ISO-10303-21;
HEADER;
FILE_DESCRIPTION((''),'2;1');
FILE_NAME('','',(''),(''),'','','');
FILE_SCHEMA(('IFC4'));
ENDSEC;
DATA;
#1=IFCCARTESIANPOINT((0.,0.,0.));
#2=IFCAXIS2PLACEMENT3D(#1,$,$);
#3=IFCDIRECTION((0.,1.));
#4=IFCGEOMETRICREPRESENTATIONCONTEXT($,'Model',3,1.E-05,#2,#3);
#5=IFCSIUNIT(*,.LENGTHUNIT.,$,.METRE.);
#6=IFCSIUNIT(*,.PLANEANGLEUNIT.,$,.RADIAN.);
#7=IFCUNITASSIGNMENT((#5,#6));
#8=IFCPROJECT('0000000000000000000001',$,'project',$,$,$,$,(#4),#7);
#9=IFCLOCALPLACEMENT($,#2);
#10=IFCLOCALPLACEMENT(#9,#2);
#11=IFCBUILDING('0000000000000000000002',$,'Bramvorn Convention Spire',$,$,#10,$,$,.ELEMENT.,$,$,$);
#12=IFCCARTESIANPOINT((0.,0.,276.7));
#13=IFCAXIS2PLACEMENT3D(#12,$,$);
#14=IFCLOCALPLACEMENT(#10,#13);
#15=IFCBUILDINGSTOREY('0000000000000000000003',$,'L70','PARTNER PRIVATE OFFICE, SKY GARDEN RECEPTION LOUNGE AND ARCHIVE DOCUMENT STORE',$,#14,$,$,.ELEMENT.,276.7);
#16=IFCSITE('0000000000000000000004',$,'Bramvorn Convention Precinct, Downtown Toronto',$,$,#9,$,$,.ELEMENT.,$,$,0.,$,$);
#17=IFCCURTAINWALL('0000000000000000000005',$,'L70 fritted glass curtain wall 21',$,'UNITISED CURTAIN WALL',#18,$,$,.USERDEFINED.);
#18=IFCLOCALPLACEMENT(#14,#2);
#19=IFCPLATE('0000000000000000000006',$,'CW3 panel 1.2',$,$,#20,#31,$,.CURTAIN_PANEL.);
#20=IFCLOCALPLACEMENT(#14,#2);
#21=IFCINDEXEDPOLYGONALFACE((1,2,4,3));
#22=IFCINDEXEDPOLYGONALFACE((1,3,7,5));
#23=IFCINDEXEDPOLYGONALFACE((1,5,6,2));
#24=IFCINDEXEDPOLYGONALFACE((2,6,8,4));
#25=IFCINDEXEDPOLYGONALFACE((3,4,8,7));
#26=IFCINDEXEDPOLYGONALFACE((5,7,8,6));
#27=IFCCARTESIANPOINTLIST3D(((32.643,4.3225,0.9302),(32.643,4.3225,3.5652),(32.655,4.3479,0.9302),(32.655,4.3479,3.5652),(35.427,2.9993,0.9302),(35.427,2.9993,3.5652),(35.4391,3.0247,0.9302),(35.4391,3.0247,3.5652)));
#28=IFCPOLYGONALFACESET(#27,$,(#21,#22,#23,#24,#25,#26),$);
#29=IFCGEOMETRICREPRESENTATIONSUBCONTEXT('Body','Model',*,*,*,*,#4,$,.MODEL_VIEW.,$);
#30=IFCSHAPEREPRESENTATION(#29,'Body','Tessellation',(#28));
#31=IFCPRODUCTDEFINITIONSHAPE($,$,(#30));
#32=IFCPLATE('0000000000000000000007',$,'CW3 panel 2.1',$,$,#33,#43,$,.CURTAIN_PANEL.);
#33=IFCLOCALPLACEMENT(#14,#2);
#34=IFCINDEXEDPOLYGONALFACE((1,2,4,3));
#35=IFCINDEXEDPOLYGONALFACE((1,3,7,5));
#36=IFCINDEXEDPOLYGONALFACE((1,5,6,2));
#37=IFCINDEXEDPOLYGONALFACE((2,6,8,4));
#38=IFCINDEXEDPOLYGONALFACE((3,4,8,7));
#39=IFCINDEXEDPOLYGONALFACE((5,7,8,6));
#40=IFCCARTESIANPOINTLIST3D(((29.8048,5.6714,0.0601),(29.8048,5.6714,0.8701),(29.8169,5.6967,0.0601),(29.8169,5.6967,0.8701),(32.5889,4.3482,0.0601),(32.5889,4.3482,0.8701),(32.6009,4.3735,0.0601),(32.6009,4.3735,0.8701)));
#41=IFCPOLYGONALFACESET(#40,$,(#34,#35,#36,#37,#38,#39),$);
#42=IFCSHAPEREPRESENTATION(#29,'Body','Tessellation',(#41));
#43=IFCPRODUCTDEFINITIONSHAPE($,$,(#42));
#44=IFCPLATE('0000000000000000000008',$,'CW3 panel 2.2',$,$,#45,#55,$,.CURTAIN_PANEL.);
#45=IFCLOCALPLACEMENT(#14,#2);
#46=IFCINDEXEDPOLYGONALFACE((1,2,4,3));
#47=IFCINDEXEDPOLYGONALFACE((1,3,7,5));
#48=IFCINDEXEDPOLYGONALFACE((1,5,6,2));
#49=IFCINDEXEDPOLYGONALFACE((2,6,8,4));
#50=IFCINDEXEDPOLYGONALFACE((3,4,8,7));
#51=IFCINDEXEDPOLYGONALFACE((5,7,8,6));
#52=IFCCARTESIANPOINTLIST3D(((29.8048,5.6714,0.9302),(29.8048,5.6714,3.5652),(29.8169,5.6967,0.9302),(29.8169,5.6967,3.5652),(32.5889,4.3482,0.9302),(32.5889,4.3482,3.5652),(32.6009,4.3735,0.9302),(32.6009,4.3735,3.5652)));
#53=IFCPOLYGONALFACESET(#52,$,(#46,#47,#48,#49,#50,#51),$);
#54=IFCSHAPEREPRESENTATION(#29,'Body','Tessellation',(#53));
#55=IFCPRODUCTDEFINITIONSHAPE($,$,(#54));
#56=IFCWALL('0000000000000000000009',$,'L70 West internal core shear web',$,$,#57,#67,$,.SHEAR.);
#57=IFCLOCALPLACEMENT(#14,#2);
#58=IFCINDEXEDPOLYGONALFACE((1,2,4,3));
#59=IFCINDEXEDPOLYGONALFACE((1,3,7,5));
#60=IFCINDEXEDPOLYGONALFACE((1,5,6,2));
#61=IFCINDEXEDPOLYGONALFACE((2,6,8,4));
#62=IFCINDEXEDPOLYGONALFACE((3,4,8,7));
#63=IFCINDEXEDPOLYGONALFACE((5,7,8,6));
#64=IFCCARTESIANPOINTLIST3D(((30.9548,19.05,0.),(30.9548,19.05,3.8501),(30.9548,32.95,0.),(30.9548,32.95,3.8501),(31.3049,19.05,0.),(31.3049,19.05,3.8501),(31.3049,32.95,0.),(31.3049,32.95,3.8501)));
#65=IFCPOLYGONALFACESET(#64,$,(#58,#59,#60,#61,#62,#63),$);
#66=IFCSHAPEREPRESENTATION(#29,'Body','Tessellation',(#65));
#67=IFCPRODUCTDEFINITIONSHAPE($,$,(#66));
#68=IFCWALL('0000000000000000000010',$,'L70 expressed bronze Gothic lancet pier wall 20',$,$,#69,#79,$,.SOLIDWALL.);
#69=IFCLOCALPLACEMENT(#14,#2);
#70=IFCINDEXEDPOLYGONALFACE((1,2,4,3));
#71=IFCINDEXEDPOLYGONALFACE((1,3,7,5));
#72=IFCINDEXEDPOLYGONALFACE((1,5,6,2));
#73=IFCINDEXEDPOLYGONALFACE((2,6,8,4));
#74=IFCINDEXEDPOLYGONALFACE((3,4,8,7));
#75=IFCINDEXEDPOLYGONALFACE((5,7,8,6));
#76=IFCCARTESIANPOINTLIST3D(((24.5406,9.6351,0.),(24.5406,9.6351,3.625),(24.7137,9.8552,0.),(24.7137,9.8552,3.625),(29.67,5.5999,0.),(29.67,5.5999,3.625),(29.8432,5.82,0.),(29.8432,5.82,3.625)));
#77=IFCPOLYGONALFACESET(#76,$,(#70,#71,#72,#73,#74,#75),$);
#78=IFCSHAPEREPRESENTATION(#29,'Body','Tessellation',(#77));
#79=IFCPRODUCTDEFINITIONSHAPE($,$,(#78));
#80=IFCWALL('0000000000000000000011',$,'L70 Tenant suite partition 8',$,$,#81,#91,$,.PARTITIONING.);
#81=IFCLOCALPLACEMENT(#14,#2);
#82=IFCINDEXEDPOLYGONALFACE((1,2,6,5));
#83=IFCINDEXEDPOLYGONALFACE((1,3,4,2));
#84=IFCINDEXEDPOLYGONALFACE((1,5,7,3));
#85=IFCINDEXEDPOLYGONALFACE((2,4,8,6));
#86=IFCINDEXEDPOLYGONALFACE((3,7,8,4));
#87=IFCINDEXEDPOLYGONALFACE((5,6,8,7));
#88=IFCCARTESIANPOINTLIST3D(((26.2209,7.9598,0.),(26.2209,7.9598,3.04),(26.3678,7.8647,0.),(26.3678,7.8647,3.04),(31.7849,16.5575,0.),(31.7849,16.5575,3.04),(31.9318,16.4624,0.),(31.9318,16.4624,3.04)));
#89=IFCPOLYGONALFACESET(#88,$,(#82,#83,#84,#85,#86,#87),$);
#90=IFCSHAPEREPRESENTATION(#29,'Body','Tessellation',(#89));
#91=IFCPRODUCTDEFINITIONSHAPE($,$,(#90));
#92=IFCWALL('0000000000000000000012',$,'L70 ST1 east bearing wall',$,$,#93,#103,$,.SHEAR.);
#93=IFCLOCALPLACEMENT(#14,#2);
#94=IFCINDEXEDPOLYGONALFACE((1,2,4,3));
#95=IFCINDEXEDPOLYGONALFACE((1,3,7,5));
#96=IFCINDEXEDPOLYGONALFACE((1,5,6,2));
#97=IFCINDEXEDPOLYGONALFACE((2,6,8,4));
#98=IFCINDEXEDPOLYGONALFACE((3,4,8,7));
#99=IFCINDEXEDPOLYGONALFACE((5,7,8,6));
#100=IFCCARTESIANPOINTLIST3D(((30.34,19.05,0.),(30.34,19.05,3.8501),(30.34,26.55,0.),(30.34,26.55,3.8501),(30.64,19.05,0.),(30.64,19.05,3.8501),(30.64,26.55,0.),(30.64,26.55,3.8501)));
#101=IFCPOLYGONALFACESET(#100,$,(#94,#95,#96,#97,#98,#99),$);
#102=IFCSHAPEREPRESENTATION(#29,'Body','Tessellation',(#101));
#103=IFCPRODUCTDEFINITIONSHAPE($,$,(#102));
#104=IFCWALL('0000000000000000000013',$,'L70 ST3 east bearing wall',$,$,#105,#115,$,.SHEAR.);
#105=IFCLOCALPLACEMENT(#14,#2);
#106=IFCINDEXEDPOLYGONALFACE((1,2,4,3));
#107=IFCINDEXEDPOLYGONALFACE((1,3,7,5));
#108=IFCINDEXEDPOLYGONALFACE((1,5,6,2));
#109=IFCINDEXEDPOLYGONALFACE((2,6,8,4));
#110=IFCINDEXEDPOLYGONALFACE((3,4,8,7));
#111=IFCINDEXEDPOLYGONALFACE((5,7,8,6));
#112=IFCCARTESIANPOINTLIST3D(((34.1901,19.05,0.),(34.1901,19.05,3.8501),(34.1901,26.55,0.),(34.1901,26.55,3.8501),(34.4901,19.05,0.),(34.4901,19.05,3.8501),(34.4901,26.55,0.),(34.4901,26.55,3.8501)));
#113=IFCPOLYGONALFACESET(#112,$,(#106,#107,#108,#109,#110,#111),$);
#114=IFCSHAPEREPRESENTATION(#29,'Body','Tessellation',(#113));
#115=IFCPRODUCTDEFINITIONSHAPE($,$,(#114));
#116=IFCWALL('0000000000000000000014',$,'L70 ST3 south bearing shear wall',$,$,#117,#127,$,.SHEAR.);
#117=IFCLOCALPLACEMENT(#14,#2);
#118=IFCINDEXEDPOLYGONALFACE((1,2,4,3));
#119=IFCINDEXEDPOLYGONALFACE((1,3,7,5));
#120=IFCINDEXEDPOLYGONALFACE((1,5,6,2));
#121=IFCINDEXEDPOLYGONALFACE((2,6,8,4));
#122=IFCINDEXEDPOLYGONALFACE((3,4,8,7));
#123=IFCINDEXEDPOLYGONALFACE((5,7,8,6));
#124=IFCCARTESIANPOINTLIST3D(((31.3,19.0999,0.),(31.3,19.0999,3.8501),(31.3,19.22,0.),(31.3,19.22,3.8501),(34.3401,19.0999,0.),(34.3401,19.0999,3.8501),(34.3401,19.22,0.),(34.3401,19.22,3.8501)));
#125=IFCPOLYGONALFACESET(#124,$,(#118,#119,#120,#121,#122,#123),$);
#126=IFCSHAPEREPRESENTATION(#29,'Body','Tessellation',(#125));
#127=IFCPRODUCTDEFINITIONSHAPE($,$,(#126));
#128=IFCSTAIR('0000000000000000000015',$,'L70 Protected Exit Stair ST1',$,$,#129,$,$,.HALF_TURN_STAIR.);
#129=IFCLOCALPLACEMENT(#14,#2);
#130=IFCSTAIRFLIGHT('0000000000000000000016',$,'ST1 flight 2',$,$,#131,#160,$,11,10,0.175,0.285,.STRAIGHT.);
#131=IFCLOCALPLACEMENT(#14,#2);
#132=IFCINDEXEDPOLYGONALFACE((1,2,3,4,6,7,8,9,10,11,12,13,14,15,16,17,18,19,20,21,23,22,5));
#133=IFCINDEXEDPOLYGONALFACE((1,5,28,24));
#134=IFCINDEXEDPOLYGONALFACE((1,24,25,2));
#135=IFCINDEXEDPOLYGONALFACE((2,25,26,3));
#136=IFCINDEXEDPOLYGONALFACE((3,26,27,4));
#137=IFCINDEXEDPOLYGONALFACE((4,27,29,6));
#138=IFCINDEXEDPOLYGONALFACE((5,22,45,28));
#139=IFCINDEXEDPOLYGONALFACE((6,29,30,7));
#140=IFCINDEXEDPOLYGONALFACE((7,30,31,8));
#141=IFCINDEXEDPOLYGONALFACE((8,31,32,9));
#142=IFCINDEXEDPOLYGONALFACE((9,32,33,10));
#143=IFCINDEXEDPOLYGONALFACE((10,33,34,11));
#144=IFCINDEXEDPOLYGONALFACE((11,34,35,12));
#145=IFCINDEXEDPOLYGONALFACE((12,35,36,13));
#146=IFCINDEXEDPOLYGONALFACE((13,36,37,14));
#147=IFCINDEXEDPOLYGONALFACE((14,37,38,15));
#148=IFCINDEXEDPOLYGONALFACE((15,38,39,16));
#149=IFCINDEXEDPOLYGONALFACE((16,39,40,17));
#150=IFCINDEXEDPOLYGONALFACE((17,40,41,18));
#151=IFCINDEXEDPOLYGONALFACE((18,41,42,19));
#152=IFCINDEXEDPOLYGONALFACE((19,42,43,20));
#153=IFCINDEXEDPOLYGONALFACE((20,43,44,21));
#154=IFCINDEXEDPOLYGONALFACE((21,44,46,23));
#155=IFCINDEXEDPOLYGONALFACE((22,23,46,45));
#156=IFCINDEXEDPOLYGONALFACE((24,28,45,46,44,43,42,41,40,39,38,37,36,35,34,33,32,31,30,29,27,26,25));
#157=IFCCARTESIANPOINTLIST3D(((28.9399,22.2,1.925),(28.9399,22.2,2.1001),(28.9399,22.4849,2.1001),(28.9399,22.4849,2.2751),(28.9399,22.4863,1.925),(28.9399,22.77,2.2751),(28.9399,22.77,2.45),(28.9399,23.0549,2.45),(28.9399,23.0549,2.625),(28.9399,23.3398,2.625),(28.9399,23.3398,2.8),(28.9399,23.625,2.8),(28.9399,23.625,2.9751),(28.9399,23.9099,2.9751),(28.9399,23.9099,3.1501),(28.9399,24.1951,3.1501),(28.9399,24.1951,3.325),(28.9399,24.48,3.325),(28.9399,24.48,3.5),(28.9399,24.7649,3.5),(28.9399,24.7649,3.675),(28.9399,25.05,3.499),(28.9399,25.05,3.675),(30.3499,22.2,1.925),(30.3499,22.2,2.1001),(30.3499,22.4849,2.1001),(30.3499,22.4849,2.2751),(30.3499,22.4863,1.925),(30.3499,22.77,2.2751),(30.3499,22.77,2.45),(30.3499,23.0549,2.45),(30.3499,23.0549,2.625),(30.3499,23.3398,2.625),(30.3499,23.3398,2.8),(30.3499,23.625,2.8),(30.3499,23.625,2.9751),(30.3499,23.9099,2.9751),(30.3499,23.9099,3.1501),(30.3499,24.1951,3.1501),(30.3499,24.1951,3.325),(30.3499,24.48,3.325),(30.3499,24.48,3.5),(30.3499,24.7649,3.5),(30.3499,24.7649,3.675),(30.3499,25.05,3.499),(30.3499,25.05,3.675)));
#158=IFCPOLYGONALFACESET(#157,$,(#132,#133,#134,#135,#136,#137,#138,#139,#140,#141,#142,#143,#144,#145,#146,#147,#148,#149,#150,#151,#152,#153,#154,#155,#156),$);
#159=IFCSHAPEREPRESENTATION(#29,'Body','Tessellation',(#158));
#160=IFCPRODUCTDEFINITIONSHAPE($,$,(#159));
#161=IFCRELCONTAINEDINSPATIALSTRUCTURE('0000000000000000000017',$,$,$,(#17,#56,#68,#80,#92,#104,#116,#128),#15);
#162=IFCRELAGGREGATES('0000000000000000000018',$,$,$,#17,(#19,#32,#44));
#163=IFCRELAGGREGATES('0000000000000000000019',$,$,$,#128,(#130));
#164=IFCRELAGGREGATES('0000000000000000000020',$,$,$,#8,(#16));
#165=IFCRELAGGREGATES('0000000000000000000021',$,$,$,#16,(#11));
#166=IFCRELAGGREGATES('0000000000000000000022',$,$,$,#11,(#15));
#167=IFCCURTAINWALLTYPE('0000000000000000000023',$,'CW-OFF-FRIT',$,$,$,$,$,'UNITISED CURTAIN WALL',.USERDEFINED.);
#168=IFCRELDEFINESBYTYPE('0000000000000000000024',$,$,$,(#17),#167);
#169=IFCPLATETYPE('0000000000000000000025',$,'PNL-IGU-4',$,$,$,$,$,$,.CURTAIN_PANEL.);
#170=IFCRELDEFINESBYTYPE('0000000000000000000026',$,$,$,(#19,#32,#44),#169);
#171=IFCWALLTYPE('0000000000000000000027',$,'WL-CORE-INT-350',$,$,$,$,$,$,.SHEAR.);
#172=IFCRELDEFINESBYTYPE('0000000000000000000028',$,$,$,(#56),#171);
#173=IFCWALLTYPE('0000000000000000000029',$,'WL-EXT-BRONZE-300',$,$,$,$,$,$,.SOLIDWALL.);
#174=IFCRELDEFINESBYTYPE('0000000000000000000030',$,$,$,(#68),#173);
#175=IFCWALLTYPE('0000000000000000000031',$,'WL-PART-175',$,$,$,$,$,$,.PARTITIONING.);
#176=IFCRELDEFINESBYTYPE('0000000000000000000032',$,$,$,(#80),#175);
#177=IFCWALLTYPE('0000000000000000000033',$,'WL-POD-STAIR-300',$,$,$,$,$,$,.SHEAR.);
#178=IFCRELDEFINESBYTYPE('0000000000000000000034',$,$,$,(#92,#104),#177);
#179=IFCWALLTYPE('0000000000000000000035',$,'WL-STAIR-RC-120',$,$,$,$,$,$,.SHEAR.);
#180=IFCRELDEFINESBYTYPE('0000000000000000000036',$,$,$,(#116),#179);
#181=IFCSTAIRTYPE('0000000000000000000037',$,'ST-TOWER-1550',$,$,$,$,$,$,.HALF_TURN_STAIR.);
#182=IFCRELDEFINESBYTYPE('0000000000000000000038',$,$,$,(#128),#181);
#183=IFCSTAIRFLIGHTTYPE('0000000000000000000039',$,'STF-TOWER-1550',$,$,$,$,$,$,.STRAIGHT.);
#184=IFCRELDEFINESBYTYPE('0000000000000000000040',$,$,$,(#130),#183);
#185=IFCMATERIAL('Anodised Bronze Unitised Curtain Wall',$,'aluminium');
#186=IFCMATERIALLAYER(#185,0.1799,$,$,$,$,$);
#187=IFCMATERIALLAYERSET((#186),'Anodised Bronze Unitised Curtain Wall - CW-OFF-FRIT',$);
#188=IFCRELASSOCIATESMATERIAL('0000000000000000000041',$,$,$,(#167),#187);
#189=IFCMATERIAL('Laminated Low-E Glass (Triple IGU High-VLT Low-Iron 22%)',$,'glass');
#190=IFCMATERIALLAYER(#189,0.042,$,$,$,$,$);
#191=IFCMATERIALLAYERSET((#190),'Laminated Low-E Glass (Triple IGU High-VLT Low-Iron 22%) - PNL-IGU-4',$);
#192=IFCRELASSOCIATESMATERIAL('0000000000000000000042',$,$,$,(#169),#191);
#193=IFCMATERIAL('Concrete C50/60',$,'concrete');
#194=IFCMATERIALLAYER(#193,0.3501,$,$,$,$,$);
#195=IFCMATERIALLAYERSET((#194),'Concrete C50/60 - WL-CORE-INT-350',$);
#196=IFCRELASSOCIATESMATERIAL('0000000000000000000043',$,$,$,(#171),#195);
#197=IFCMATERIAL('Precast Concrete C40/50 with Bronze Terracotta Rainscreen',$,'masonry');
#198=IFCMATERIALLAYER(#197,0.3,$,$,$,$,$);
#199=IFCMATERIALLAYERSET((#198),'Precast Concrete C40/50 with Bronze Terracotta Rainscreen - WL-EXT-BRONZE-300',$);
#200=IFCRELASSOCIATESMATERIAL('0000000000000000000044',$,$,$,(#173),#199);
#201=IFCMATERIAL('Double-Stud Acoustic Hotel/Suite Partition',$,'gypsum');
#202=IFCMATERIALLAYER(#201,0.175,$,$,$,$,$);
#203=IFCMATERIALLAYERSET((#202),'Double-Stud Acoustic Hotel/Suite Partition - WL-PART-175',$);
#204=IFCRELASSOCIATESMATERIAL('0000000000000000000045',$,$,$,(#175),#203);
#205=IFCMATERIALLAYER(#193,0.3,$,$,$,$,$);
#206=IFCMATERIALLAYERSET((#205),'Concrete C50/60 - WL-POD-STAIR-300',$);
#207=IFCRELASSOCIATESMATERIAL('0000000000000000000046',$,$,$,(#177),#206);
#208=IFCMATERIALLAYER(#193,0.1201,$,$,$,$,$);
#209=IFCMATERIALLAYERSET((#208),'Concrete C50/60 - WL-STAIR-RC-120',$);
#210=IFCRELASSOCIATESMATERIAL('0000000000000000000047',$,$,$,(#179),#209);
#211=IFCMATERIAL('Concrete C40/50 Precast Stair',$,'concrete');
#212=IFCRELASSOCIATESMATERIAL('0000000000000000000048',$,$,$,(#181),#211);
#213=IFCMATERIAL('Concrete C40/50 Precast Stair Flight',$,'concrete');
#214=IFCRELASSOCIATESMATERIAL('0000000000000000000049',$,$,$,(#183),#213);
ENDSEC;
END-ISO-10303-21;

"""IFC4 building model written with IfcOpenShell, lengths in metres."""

from ifc_helpers import new_model, si_unit, direction, frame, frame_2d, origin, origin_2d, place, context, subcontext, project, spatial, polyline, rectangle, outline, extrude, material, layer, layer_set, type_object, element, aggregate, save


model = new_model("IFC4")

# Units and contexts
model_context = context("Model", 3, precision=1e-05, world=origin(), true_north=direction((0.0, 1.0)))
body_context = subcontext(model_context, "Body", "Model", "MODEL_VIEW")
ifc_project = project(units=[si_unit("LENGTHUNIT", "METRE"), si_unit("PLANEANGLEUNIT", "RADIAN")], contexts=[model_context])

# Site, building, storey
site_placement = place(None, origin())
site = spatial("IfcSite", under=ifc_project, at=site_placement, Name="Bramvorn Convention Precinct, Downtown Toronto", CompositionType="ELEMENT", RefElevation=0.0)
building_placement = place(site_placement, origin())
building = spatial("IfcBuilding", under=site, at=building_placement, Name="Bramvorn Convention Spire", CompositionType="ELEMENT")
storey_placement = place(building_placement, frame((0.0, 0.0, 276.7)))
storey = spatial("IfcBuildingStorey", under=building, at=storey_placement, Name="L70", Description="PARTNER PRIVATE OFFICE, SKY GARDEN RECEPTION LOUNGE AND ARCHIVE DOCUMENT STORE", CompositionType="ELEMENT", Elevation=276.7)

# Curtain wall
ifc_material_1 = material(Name="Anodised Bronze Unitised Curtain Wall", Category="aluminium")
ifc_layer_1 = layer(ifc_material_1, 0.1799)
ifc_layer_set_1 = layer_set([ifc_layer_1], Name="Anodised Bronze Unitised Curtain Wall - CW-OFF-FRIT")
curtain_wall_type = type_object("IfcCurtainWallType", Name="CW-OFF-FRIT", ElementType="UNITISED CURTAIN WALL", PredefinedType="USERDEFINED", material=ifc_layer_set_1)
curtain_wall_1_placement = place(storey_placement, origin())
curtain_wall_1 = element("IfcCurtainWall", 1, at=curtain_wall_1_placement, inside=storey, type_object=curtain_wall_type, Name="L70 fritted glass curtain wall 21", ObjectType="UNITISED CURTAIN WALL", PredefinedType="USERDEFINED")

# Plates
ifc_material_2 = material(Name="Laminated Low-E Glass (Triple IGU High-VLT Low-Iron 22%)", Category="glass")
ifc_layer_2 = layer(ifc_material_2, 0.042)
ifc_layer_set_2 = layer_set([ifc_layer_2], Name="Laminated Low-E Glass (Triple IGU High-VLT Low-Iron 22%) - PNL-IGU-4")
plate_type = type_object("IfcPlateType", Name="PNL-IGU-4", PredefinedType="CURTAIN_PANEL", material=ifc_layer_set_2)
plate_1_placement = place(storey_placement, frame((34.041, 3.6736, 0.9302), z_axis=(0.0, 0.0, 1.0), x_axis=(-0.903178, 0.429265, 0.0)))
plate_1 = element("IfcPlate", 2, at=plate_1_placement, type_object=plate_type, Name="CW3 panel 1.2", PredefinedType="CURTAIN_PANEL", context=body_context, shape_type="SweptSolid", body=[
    extrude(rectangle(XDim=3.0825, YDim=0.0281, at=origin_2d()), origin(), (0.0, 0.0, 1.0), 2.635),
])
plate_2_placement = place(storey_placement, frame((31.2029, 5.0225, 0.0601), z_axis=(0.0, 0.0, 1.0), x_axis=(-0.903178, 0.429265, 0.0)))
plate_2 = element("IfcPlate", 3, at=plate_2_placement, type_object=plate_type, Name="CW3 panel 2.1", PredefinedType="CURTAIN_PANEL", context=body_context, shape_type="SweptSolid", body=[
    extrude(rectangle(XDim=3.0825, YDim=0.0281, at=origin_2d()), origin(), (0.0, 0.0, 1.0), 0.8101),
])
plate_3_placement = place(storey_placement, frame((31.2029, 5.0225, 0.9302), z_axis=(0.0, 0.0, 1.0), x_axis=(-0.903178, 0.429265, 0.0)))
plate_3 = element("IfcPlate", 4, at=plate_3_placement, type_object=plate_type, Name="CW3 panel 2.2", PredefinedType="CURTAIN_PANEL", context=body_context, shape_type="SweptSolid", body=[
    extrude(rectangle(XDim=3.0825, YDim=0.0281, at=origin_2d()), origin(), (0.0, 0.0, 1.0), 2.635),
])
aggregate(curtain_wall_1, [plate_1, plate_2, plate_3])

# Walls
ifc_material_3 = material(Name="Concrete C50/60", Category="concrete")
ifc_layer_3 = layer(ifc_material_3, 0.3501)
ifc_layer_set_3 = layer_set([ifc_layer_3], Name="Concrete C50/60 - WL-CORE-INT-350")
wall_type_1 = type_object("IfcWallType", Name="WL-CORE-INT-350", PredefinedType="SHEAR", material=ifc_layer_set_3)
wall_1_placement = place(storey_placement, frame((31.1299, 19.05, 0.0), z_axis=(0.0, 0.0, 1.0), x_axis=(0.0, 1.0, 0.0)))
element("IfcWall", 5, at=wall_1_placement, inside=storey, type_object=wall_type_1, Name="L70 West internal core shear web", PredefinedType="SHEAR", context=body_context, shape_type="SweptSolid", body=[
    extrude(rectangle(XDim=13.8999, YDim=0.3501, at=frame_2d((6.95, 0.0))), origin(), (0.0, 0.0, 1.0), 3.8501),
])
ifc_material_4 = material(Name="Precast Concrete C40/50 with Bronze Terracotta Rainscreen", Category="masonry")
ifc_layer_4 = layer(ifc_material_4, 0.3)
ifc_layer_set_4 = layer_set([ifc_layer_4], Name="Precast Concrete C40/50 with Bronze Terracotta Rainscreen - WL-EXT-BRONZE-300")
wall_type_2 = type_object("IfcWallType", Name="WL-EXT-BRONZE-300", PredefinedType="SOLIDWALL", material=ifc_layer_set_4)
wall_2_placement = place(storey_placement, frame((29.7566, 5.71, 0.0), z_axis=(0.0, 0.0, 1.0), x_axis=(-0.785952, 0.618287, 0.0)))
element("IfcWall", 6, at=wall_2_placement, inside=storey, type_object=wall_type_2, Name="L70 expressed bronze Gothic lancet pier wall 20", PredefinedType="SOLIDWALL", context=body_context, shape_type="SweptSolid", body=[
    extrude(rectangle(XDim=6.5264, YDim=0.28, at=frame_2d((3.2632, 0.0))), origin(), (0.0, 0.0, 1.0), 3.625),
])
ifc_material_5 = material(Name="Double-Stud Acoustic Hotel/Suite Partition", Category="gypsum")
ifc_layer_5 = layer(ifc_material_5, 0.175)
ifc_layer_set_5 = layer_set([ifc_layer_5], Name="Double-Stud Acoustic Hotel/Suite Partition - WL-PART-175")
wall_type_3 = type_object("IfcWallType", Name="WL-PART-175", PredefinedType="PARTITIONING", material=ifc_layer_set_5)
wall_3_placement = place(storey_placement, frame((31.8584, 16.51, 0.0), z_axis=(0.0, 0.0, 1.0), x_axis=(-0.543305, -0.839536, 0.0)))
element("IfcWall", 7, at=wall_3_placement, inside=storey, type_object=wall_type_3, Name="L70 Tenant suite partition 8", PredefinedType="PARTITIONING", context=body_context, shape_type="SweptSolid", body=[
    extrude(rectangle(XDim=10.241, YDim=0.175, at=frame_2d((5.1206, 0.0))), origin(), (0.0, 0.0, 1.0), 3.04),
])
ifc_layer_6 = layer(ifc_material_3, 0.3)
ifc_layer_set_6 = layer_set([ifc_layer_6], Name="Concrete C50/60 - WL-POD-STAIR-300")
wall_type_4 = type_object("IfcWallType", Name="WL-POD-STAIR-300", PredefinedType="SHEAR", material=ifc_layer_set_6)
for number, where, z_axis, x_axis, name in (
    (8, (30.49, 19.05, 0.0), (0.0, 0.0, 1.0), (0.0, 1.0, 0.0), "L70 ST1 east bearing wall"),
    (9, (34.3401, 19.05, 0.0), (0.0, 0.0, 1.0), (0.0, 1.0, 0.0), "L70 ST3 east bearing wall"),
):
    element("IfcWall", number, at=place(storey_placement, frame(where, z_axis=z_axis, x_axis=x_axis)), inside=storey, type_object=wall_type_4, Name=name, PredefinedType="SHEAR", context=body_context, shape_type="SweptSolid", body=[
        extrude(rectangle(XDim=7.5, YDim=0.3, at=frame_2d((3.75, 0.0))), origin(), (0.0, 0.0, 1.0), 3.8501),
    ])
ifc_layer_7 = layer(ifc_material_3, 0.1201)
ifc_layer_set_7 = layer_set([ifc_layer_7], Name="Concrete C50/60 - WL-STAIR-RC-120")
wall_type_5 = type_object("IfcWallType", Name="WL-STAIR-RC-120", PredefinedType="SHEAR", material=ifc_layer_set_7)
wall_4_placement = place(storey_placement, frame((31.3, 19.1599, 0.0), z_axis=(0.0, 0.0, 1.0), x_axis=(1.0, 0.0, 0.0)))
element("IfcWall", 10, at=wall_4_placement, inside=storey, type_object=wall_type_5, Name="L70 ST3 south bearing shear wall", PredefinedType="SHEAR", context=body_context, shape_type="SweptSolid", body=[
    extrude(rectangle(XDim=3.04, YDim=0.1201, at=frame_2d((1.52, 0.0))), origin(), (0.0, 0.0, 1.0), 3.8501),
])

# Stair, stair flight
ifc_material_6 = material(Name="Concrete C40/50 Precast Stair", Category="concrete")
stair_type = type_object("IfcStairType", Name="ST-TOWER-1550", PredefinedType="HALF_TURN_STAIR", material=ifc_material_6)
stair_1_placement = place(storey_placement, origin())
stair_1 = element("IfcStair", 11, at=stair_1_placement, inside=storey, type_object=stair_type, Name="L70 Protected Exit Stair ST1", PredefinedType="HALF_TURN_STAIR")
ifc_material_7 = material(Name="Concrete C40/50 Precast Stair Flight", Category="concrete")
stair_flight_type = type_object("IfcStairFlightType", Name="STF-TOWER-1550", PredefinedType="STRAIGHT", material=ifc_material_7)
stair_flight_1_placement = place(storey_placement, frame((29.645, 22.2, 1.925), z_axis=(0.0, 0.0, 1.0), x_axis=(0.0, 1.0, 0.0)))
stair_flight_1 = element("IfcStairFlight", 12, at=stair_flight_1_placement, type_object=stair_flight_type, Name="ST1 flight 2", NumberOfRisers=11, NumberOfTreads=10, PredefinedType="STRAIGHT", RiserHeight=0.175, TreadLength=0.285, context=body_context, shape_type="SweptSolid", body=[
    extrude(outline(polyline([(0.0, 0.0), (0.0, 0.175), (0.2849, 0.175), (0.2849, 0.3501), (0.5701, 0.3501), (0.5701, 0.5249), (0.855, 0.5249), (0.855, 0.7), (1.1399, 0.7), (1.1399, 0.875), (1.425, 0.875), (1.425, 1.05), (1.71, 1.05), (1.71, 1.2251), (1.9951, 1.2251), (1.9951, 1.3999), (2.28, 1.3999), (2.28, 1.575), (2.5649, 1.575), (2.5649, 1.75), (2.8501, 1.75), (2.8501, 1.925), (2.8501, 1.574), (0.2864, 0.0), (0.0, 0.0)])), frame((0.0, 0.7051, 0.0), z_axis=(0.0, -1.0, 0.0), x_axis=(1.0, 0.0, 0.0)), (0.0, 0.0, 1.0), 1.4099),
])
aggregate(stair_1, [stair_flight_1])

save(model, "model.ifc")
